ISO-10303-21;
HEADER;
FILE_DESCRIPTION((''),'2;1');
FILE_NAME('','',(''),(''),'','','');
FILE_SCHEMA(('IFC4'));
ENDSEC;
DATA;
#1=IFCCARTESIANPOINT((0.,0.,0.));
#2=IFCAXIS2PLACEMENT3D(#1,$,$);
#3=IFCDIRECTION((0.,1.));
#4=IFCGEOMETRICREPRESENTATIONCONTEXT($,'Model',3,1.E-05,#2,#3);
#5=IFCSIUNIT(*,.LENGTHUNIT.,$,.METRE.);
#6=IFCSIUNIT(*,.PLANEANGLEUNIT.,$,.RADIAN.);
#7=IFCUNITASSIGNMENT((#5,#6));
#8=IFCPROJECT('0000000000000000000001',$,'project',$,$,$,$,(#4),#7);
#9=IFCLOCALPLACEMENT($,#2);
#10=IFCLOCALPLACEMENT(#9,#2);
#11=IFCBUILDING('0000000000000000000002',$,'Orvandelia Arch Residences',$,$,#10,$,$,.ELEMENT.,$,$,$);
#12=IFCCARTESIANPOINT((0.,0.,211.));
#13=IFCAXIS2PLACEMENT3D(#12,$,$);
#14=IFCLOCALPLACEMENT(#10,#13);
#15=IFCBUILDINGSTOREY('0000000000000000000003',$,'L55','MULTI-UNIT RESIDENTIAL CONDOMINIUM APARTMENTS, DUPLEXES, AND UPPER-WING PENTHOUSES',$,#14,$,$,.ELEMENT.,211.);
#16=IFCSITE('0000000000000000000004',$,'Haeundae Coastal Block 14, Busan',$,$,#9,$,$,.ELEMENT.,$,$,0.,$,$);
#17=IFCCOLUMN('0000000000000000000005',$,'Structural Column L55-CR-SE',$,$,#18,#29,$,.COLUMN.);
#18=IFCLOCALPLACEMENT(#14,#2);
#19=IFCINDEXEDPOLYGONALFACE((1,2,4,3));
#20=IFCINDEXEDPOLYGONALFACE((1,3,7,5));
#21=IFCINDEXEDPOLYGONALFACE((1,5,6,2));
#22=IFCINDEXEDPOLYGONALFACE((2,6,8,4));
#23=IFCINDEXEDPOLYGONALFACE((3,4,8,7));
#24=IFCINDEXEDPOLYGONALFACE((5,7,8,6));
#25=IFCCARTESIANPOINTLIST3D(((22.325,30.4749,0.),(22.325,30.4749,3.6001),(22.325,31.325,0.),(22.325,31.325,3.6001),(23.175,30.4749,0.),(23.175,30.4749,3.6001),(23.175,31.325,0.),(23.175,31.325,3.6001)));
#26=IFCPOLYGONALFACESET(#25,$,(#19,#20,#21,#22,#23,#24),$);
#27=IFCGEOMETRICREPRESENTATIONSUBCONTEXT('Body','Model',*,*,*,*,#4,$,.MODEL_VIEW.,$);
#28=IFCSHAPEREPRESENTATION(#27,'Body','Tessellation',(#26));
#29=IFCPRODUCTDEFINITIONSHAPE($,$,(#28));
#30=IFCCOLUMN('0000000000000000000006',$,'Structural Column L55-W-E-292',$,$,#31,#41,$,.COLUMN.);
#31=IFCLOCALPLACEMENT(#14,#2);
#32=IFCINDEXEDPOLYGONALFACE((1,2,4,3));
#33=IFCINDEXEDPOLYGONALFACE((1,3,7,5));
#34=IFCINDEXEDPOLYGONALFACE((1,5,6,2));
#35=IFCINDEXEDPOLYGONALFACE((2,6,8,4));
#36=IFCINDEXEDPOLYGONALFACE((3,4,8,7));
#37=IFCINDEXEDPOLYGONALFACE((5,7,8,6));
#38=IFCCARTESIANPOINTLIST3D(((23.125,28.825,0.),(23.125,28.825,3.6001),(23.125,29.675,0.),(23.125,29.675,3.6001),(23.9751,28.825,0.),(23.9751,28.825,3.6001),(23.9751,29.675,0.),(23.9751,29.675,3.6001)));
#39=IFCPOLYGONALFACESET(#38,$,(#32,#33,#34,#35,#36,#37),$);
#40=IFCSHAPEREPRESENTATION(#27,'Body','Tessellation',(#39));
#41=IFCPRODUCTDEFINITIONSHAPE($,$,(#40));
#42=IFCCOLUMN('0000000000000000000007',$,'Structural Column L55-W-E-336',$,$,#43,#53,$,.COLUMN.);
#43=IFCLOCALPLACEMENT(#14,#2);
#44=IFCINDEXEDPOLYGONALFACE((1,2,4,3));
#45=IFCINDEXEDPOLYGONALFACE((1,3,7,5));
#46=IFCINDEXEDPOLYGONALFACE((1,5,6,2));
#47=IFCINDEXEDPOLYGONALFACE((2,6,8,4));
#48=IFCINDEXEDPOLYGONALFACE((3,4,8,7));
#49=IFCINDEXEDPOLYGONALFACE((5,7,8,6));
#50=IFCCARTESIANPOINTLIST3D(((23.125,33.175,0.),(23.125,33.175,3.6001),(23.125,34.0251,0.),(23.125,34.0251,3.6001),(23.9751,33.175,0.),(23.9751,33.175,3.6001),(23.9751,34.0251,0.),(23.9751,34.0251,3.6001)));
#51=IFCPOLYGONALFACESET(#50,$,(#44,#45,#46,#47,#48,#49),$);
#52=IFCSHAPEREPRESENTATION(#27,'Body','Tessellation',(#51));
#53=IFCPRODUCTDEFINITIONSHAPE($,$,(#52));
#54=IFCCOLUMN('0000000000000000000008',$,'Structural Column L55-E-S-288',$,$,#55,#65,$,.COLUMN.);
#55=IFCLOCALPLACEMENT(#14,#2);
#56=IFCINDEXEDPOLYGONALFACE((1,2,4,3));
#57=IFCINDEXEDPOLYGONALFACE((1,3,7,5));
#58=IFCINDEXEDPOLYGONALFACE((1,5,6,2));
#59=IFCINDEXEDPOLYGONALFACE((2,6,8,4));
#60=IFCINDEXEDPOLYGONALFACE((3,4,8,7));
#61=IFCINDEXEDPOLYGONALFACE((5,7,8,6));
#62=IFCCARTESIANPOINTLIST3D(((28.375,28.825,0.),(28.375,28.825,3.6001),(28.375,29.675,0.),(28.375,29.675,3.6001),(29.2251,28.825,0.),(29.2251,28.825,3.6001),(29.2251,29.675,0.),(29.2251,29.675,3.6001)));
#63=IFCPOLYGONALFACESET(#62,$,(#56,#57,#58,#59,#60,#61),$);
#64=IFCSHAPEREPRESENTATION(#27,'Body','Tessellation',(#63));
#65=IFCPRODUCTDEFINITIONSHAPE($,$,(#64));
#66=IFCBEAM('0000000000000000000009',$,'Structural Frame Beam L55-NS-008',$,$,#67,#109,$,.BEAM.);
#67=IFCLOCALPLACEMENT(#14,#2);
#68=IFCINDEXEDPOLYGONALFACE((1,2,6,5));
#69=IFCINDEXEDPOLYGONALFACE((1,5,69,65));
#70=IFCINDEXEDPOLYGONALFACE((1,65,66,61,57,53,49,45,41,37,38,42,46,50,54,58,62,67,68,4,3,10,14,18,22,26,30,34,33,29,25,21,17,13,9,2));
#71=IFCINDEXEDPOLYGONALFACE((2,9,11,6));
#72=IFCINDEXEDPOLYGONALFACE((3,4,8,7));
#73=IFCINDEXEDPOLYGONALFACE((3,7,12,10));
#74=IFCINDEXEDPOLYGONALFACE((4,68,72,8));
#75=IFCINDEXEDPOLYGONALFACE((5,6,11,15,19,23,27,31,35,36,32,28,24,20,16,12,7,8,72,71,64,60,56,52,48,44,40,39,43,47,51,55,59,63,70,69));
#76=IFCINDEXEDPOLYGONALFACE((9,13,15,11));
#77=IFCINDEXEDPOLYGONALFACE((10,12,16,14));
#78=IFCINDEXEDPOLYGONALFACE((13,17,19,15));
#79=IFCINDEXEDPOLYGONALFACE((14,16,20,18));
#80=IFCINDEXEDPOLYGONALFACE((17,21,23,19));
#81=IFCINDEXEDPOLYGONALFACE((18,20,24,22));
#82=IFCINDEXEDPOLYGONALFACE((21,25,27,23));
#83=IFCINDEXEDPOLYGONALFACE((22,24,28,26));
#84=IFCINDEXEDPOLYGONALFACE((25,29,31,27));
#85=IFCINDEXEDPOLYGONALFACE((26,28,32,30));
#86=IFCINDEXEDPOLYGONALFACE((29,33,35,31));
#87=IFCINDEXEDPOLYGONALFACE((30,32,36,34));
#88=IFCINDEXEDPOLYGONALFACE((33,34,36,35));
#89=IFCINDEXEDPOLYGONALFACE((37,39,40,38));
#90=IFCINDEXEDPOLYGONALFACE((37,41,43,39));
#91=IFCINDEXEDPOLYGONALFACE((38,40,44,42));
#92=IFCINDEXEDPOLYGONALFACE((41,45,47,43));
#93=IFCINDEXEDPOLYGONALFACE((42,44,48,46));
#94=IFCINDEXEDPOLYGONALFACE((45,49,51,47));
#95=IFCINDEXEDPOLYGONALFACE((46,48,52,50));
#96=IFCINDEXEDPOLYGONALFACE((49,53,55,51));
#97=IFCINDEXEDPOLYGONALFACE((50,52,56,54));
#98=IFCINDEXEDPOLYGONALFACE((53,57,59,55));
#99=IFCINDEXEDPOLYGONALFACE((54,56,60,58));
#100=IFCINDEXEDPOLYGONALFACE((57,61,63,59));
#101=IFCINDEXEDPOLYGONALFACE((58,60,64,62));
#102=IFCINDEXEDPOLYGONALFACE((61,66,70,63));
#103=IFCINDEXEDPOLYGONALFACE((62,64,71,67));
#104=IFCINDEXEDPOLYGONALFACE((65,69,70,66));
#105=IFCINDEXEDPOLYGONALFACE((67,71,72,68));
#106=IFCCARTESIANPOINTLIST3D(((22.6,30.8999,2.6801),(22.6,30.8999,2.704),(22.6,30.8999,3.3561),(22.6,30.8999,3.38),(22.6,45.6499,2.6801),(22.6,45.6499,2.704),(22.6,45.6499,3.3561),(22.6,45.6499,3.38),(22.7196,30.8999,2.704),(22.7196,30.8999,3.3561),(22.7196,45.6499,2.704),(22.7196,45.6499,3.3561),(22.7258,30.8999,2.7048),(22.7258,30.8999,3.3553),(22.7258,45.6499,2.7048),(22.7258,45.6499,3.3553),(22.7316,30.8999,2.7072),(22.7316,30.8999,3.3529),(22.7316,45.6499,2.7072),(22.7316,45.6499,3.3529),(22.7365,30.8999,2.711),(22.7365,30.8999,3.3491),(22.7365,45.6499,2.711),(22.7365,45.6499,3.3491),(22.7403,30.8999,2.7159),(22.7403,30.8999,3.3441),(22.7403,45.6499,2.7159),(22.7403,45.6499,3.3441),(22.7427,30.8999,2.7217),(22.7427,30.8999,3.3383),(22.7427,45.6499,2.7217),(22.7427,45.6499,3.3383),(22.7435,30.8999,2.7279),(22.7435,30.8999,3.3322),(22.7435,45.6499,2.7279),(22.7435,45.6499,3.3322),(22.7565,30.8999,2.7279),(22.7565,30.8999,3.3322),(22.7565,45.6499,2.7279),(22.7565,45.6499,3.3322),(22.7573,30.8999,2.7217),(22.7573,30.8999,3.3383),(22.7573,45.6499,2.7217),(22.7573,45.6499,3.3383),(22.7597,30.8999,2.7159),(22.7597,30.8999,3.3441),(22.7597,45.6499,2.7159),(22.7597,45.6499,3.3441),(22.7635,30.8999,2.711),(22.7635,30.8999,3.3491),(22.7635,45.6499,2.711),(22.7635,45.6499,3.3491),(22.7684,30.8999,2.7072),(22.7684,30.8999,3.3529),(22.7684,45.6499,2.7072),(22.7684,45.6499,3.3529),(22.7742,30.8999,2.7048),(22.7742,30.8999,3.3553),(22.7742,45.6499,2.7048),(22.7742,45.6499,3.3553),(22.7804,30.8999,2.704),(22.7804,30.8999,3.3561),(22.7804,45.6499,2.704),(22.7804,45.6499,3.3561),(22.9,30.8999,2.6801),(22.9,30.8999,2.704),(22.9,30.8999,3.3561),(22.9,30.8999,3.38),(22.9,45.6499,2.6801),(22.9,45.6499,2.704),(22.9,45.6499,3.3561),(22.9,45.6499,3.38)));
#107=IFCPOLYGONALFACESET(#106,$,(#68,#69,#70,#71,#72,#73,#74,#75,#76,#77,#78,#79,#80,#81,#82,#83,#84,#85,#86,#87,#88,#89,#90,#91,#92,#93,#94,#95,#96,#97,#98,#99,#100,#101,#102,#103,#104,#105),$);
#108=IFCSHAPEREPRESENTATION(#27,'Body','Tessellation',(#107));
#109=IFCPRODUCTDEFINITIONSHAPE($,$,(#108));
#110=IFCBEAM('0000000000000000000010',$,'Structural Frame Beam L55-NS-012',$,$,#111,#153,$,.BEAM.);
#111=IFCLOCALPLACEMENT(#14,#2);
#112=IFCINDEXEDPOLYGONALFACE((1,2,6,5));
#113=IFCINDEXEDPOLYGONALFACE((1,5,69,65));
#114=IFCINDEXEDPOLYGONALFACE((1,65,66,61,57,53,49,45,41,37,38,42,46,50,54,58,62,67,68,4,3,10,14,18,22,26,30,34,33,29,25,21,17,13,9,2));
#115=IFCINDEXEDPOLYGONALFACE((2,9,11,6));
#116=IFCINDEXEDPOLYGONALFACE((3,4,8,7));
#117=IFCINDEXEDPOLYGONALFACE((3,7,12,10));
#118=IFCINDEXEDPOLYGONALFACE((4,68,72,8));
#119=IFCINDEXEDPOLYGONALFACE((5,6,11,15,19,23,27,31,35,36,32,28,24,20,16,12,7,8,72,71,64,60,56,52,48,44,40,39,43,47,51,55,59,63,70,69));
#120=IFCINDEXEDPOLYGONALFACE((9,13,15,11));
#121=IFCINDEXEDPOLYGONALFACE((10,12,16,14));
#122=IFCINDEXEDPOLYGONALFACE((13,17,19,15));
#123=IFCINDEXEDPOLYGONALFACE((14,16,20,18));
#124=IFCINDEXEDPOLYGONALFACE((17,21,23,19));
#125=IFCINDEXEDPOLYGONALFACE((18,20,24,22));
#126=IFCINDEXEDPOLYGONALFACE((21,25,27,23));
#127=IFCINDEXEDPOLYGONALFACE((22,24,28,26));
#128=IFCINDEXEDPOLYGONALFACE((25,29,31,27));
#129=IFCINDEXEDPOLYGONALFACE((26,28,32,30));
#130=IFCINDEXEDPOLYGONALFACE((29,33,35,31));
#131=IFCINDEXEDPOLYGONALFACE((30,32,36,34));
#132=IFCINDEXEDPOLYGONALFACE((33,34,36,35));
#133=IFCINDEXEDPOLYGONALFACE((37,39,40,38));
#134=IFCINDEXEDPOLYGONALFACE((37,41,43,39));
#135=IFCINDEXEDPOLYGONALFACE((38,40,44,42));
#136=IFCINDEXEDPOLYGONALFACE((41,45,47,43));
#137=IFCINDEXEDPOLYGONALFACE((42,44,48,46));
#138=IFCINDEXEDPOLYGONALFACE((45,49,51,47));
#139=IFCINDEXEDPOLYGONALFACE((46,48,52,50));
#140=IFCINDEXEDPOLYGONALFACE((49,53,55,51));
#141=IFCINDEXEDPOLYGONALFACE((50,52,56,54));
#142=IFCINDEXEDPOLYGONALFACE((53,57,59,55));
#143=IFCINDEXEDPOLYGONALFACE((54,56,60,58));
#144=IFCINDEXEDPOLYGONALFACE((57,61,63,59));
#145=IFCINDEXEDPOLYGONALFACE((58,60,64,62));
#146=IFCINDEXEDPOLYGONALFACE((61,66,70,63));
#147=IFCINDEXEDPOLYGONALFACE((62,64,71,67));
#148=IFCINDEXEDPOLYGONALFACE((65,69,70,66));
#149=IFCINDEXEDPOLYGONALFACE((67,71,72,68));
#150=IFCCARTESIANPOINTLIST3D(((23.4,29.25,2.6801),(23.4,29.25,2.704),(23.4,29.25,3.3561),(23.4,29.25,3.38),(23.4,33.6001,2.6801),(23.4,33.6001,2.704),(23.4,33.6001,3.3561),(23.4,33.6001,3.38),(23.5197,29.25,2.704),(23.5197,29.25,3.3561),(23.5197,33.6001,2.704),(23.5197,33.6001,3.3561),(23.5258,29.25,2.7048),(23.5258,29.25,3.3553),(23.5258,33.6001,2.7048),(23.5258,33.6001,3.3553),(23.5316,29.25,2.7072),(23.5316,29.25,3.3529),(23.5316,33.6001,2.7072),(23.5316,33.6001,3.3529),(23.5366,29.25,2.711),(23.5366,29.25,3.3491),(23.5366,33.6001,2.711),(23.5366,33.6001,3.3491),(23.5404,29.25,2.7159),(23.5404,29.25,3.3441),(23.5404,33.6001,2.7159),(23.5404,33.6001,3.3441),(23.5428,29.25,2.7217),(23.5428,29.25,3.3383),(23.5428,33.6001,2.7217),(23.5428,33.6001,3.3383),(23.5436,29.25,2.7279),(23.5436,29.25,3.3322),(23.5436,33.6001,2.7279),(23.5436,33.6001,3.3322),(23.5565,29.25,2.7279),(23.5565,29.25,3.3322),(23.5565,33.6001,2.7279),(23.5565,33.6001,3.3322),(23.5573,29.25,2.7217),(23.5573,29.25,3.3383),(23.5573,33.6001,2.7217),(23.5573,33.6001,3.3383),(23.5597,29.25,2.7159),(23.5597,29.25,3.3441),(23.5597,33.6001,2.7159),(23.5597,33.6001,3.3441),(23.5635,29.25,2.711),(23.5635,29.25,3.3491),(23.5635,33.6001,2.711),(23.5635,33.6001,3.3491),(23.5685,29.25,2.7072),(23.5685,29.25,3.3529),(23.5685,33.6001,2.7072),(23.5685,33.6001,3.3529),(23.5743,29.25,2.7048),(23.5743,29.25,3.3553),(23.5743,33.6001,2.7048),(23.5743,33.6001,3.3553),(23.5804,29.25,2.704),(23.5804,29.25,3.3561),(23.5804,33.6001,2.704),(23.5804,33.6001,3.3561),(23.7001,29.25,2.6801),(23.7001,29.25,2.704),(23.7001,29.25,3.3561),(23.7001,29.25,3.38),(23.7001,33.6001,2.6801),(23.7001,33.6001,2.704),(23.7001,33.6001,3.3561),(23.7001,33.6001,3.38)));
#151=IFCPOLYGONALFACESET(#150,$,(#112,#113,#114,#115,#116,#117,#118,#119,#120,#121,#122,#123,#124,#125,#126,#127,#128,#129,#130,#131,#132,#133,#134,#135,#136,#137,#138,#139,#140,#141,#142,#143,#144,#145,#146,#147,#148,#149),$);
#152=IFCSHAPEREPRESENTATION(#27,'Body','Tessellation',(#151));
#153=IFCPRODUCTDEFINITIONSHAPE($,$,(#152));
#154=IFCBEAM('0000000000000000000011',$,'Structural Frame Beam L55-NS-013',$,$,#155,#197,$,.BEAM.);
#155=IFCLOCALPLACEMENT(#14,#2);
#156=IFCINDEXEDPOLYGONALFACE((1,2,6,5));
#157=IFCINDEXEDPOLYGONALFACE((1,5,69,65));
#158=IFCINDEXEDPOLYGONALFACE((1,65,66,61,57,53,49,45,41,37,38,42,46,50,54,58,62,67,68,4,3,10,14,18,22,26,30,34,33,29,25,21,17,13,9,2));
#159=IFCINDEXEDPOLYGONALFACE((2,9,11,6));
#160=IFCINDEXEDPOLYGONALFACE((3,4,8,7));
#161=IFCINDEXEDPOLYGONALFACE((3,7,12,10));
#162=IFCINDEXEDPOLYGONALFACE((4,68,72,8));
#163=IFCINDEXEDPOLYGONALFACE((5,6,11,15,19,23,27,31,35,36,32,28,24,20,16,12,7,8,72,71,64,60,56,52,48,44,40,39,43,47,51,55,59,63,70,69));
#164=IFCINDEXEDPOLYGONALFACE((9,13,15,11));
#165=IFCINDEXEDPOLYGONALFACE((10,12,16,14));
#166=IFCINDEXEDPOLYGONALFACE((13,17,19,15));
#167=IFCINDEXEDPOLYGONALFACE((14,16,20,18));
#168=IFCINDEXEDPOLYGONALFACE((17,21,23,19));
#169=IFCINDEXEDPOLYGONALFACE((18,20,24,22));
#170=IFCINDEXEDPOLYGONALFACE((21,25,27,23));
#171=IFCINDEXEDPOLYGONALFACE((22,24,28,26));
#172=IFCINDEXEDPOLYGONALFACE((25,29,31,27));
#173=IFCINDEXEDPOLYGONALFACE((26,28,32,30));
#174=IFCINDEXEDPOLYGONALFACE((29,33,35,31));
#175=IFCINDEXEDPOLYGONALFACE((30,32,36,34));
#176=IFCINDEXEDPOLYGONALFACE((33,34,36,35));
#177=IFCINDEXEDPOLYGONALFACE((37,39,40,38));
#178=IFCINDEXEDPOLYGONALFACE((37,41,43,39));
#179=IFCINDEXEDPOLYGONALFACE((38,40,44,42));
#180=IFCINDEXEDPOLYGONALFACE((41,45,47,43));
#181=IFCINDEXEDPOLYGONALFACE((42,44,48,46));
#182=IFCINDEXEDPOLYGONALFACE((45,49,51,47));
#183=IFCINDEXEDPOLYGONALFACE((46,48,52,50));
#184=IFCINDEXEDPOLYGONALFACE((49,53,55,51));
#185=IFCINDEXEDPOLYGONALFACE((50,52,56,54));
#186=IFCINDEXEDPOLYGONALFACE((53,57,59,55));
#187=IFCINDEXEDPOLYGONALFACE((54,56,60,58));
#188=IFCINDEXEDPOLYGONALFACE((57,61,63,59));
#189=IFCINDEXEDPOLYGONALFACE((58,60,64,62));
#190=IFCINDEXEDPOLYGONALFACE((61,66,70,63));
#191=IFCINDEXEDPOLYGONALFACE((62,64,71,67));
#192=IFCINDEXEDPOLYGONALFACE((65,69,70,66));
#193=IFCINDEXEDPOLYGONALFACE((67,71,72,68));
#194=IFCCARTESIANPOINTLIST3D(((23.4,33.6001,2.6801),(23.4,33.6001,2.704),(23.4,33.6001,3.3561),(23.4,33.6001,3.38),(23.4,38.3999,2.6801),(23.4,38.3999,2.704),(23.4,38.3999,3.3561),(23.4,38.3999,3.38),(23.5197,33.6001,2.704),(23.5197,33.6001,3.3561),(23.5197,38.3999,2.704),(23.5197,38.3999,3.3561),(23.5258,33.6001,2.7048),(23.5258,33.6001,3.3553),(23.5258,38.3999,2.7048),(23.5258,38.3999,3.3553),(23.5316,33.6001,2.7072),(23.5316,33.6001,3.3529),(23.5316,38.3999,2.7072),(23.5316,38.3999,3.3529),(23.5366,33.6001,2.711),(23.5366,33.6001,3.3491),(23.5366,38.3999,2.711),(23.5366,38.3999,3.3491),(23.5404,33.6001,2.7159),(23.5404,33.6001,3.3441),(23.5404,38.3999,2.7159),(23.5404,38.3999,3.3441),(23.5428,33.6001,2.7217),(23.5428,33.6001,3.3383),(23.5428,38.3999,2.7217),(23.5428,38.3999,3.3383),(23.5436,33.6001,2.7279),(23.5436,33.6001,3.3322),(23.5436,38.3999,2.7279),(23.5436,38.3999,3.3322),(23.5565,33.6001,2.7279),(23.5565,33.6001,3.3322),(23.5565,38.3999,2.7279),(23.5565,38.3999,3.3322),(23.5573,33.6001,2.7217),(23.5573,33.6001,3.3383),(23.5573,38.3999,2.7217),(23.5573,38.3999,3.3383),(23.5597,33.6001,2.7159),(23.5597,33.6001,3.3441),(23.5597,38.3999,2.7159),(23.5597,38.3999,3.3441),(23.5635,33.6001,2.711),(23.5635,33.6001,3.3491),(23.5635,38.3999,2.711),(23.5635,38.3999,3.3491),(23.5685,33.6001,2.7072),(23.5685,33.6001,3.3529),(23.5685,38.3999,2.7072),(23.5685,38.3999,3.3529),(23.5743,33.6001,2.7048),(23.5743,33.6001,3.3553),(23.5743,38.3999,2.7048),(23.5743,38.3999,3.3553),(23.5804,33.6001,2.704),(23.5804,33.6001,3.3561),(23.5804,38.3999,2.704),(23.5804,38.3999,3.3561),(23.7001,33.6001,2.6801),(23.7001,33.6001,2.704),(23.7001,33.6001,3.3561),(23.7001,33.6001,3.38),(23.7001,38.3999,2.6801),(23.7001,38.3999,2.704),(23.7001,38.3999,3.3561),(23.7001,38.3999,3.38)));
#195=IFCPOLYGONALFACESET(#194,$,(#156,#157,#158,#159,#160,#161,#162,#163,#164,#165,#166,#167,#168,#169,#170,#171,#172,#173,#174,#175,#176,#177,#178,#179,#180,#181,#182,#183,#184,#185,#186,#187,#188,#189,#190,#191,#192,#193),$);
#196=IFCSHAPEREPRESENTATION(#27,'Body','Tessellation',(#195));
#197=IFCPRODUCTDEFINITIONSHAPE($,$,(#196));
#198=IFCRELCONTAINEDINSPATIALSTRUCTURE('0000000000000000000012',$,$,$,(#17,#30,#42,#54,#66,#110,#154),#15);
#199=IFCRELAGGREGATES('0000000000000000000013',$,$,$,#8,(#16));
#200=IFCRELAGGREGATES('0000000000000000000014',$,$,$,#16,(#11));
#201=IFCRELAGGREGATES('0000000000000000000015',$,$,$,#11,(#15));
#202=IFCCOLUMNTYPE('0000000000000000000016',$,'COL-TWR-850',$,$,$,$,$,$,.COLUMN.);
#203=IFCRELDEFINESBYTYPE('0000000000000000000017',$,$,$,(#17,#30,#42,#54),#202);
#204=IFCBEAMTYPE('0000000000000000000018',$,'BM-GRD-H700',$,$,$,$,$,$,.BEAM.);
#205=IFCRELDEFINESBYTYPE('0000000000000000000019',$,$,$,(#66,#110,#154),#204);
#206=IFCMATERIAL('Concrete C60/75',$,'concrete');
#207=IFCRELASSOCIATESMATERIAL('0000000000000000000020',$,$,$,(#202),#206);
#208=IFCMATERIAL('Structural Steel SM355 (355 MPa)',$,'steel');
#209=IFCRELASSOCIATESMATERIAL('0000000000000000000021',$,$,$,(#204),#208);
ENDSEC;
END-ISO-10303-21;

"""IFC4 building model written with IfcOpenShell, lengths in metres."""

from ifc_helpers import new_model, si_unit, direction, frame, origin, origin_2d, place, context, subcontext, project, spatial, rectangle, i_section, extrude, material, material_profile, profile_set, type_object, element, save


model = new_model("IFC4")

# Units and contexts
model_context = context("Model", 3, precision=1e-05, world=origin(), true_north=direction((0.0, 1.0)))
body_context = subcontext(model_context, "Body", "Model", "MODEL_VIEW")
ifc_project = project(units=[si_unit("LENGTHUNIT", "METRE"), si_unit("PLANEANGLEUNIT", "RADIAN")], contexts=[model_context])

# Site, building, storey
site_placement = place(None, origin())
site = spatial("IfcSite", under=ifc_project, at=site_placement, Name="Haeundae Coastal Block 14, Busan", CompositionType="ELEMENT", RefElevation=0.0)
building_placement = place(site_placement, origin())
building = spatial("IfcBuilding", under=site, at=building_placement, Name="Orvandelia Arch Residences", CompositionType="ELEMENT")
storey_placement = place(building_placement, frame((0.0, 0.0, 211.0)))
storey = spatial("IfcBuildingStorey", under=building, at=storey_placement, Name="L55", Description="MULTI-UNIT RESIDENTIAL CONDOMINIUM APARTMENTS, DUPLEXES, AND UPPER-WING PENTHOUSES", CompositionType="ELEMENT", Elevation=211.0)

# Columns
ifc_material_1 = material(Name="Concrete C60/75", Category="concrete")
ifc_material_profile_1 = material_profile(ifc_material_1, rectangle(XDim=0.8501, YDim=0.8501, at=origin_2d()), Name="Concrete C60/75", Category="concrete")
ifc_profile_set_1 = profile_set([ifc_material_profile_1], Name="Concrete C60/75")
column_type = type_object("IfcColumnType", Name="COL-TWR-850", PredefinedType="COLUMN", material=ifc_profile_set_1)
for number, where, z_axis, x_axis, name in (
    (1, (22.75, 30.8999, 0.0), (0.0, 0.0, 1.0), (1.0, 0.0, 0.0), "Structural Column L55-CR-SE"),
    (2, (23.55, 29.25, 0.0), (0.0, 0.0, 1.0), (1.0, 0.0, 0.0), "Structural Column L55-W-E-292"),
    (3, (23.55, 33.6001, 0.0), (0.0, 0.0, 1.0), (1.0, 0.0, 0.0), "Structural Column L55-W-E-336"),
    (4, (28.8, 29.25, 0.0), (0.0, 0.0, 1.0), (1.0, 0.0, 0.0), "Structural Column L55-E-S-288"),
):
    element("IfcColumn", number, at=place(storey_placement, frame(where, z_axis=z_axis, x_axis=x_axis)), inside=storey, type_object=column_type, Name=name, PredefinedType="COLUMN", context=body_context, shape_type="SweptSolid", body=[
        extrude(rectangle(XDim=0.8501, YDim=0.8501, at=origin_2d()), origin(), (0.0, 0.0, 1.0), 3.6001),
    ])

# Beams
ifc_material_2 = material(Name="Structural Steel SM355 (355 MPa)", Category="steel")
ifc_material_profile_2 = material_profile(ifc_material_2, i_section(OverallWidth=0.3, OverallDepth=0.7, WebThickness=0.0129, FlangeThickness=0.0239, FilletRadius=0.0239, at=origin_2d()), Name="Structural Steel SM355 (355 MPa)", Category="steel")
ifc_profile_set_2 = profile_set([ifc_material_profile_2], Name="Structural Steel SM355 (355 MPa)")
beam_type = type_object("IfcBeamType", Name="BM-GRD-H700", PredefinedType="BEAM", material=ifc_profile_set_2)
beam_1_placement = place(storey_placement, frame((22.75, 30.8999, 3.03), z_axis=(0.0, 1.0, 0.0), x_axis=(-1.0, 0.0, 0.0)))
element("IfcBeam", 5, at=beam_1_placement, inside=storey, type_object=beam_type, Name="Structural Frame Beam L55-NS-008", PredefinedType="BEAM", context=body_context, shape_type="SweptSolid", body=[
    extrude(i_section(OverallWidth=0.3, OverallDepth=0.7, WebThickness=0.0129, FlangeThickness=0.0239, FilletRadius=0.0239, at=origin_2d()), origin(), (0.0, 0.0, 1.0), 14.75),
])
beam_2_placement = place(storey_placement, frame((23.55, 29.25, 3.03), z_axis=(0.0, 1.0, 0.0), x_axis=(-1.0, 0.0, 0.0)))
element("IfcBeam", 6, at=beam_2_placement, inside=storey, type_object=beam_type, Name="Structural Frame Beam L55-NS-012", PredefinedType="BEAM", context=body_context, shape_type="SweptSolid", body=[
    extrude(i_section(OverallWidth=0.3, OverallDepth=0.7, WebThickness=0.0129, FlangeThickness=0.0239, FilletRadius=0.0239, at=origin_2d()), origin(), (0.0, 0.0, 1.0), 4.3501),
])
beam_3_placement = place(storey_placement, frame((23.55, 33.6001, 3.03), z_axis=(0.0, 1.0, 0.0), x_axis=(-1.0, 0.0, 0.0)))
element("IfcBeam", 7, at=beam_3_placement, inside=storey, type_object=beam_type, Name="Structural Frame Beam L55-NS-013", PredefinedType="BEAM", context=body_context, shape_type="SweptSolid", body=[
    extrude(i_section(OverallWidth=0.3, OverallDepth=0.7, WebThickness=0.0129, FlangeThickness=0.0239, FilletRadius=0.0239, at=origin_2d()), origin(), (0.0, 0.0, 1.0), 4.7998),
])

save(model, "model.ifc")
